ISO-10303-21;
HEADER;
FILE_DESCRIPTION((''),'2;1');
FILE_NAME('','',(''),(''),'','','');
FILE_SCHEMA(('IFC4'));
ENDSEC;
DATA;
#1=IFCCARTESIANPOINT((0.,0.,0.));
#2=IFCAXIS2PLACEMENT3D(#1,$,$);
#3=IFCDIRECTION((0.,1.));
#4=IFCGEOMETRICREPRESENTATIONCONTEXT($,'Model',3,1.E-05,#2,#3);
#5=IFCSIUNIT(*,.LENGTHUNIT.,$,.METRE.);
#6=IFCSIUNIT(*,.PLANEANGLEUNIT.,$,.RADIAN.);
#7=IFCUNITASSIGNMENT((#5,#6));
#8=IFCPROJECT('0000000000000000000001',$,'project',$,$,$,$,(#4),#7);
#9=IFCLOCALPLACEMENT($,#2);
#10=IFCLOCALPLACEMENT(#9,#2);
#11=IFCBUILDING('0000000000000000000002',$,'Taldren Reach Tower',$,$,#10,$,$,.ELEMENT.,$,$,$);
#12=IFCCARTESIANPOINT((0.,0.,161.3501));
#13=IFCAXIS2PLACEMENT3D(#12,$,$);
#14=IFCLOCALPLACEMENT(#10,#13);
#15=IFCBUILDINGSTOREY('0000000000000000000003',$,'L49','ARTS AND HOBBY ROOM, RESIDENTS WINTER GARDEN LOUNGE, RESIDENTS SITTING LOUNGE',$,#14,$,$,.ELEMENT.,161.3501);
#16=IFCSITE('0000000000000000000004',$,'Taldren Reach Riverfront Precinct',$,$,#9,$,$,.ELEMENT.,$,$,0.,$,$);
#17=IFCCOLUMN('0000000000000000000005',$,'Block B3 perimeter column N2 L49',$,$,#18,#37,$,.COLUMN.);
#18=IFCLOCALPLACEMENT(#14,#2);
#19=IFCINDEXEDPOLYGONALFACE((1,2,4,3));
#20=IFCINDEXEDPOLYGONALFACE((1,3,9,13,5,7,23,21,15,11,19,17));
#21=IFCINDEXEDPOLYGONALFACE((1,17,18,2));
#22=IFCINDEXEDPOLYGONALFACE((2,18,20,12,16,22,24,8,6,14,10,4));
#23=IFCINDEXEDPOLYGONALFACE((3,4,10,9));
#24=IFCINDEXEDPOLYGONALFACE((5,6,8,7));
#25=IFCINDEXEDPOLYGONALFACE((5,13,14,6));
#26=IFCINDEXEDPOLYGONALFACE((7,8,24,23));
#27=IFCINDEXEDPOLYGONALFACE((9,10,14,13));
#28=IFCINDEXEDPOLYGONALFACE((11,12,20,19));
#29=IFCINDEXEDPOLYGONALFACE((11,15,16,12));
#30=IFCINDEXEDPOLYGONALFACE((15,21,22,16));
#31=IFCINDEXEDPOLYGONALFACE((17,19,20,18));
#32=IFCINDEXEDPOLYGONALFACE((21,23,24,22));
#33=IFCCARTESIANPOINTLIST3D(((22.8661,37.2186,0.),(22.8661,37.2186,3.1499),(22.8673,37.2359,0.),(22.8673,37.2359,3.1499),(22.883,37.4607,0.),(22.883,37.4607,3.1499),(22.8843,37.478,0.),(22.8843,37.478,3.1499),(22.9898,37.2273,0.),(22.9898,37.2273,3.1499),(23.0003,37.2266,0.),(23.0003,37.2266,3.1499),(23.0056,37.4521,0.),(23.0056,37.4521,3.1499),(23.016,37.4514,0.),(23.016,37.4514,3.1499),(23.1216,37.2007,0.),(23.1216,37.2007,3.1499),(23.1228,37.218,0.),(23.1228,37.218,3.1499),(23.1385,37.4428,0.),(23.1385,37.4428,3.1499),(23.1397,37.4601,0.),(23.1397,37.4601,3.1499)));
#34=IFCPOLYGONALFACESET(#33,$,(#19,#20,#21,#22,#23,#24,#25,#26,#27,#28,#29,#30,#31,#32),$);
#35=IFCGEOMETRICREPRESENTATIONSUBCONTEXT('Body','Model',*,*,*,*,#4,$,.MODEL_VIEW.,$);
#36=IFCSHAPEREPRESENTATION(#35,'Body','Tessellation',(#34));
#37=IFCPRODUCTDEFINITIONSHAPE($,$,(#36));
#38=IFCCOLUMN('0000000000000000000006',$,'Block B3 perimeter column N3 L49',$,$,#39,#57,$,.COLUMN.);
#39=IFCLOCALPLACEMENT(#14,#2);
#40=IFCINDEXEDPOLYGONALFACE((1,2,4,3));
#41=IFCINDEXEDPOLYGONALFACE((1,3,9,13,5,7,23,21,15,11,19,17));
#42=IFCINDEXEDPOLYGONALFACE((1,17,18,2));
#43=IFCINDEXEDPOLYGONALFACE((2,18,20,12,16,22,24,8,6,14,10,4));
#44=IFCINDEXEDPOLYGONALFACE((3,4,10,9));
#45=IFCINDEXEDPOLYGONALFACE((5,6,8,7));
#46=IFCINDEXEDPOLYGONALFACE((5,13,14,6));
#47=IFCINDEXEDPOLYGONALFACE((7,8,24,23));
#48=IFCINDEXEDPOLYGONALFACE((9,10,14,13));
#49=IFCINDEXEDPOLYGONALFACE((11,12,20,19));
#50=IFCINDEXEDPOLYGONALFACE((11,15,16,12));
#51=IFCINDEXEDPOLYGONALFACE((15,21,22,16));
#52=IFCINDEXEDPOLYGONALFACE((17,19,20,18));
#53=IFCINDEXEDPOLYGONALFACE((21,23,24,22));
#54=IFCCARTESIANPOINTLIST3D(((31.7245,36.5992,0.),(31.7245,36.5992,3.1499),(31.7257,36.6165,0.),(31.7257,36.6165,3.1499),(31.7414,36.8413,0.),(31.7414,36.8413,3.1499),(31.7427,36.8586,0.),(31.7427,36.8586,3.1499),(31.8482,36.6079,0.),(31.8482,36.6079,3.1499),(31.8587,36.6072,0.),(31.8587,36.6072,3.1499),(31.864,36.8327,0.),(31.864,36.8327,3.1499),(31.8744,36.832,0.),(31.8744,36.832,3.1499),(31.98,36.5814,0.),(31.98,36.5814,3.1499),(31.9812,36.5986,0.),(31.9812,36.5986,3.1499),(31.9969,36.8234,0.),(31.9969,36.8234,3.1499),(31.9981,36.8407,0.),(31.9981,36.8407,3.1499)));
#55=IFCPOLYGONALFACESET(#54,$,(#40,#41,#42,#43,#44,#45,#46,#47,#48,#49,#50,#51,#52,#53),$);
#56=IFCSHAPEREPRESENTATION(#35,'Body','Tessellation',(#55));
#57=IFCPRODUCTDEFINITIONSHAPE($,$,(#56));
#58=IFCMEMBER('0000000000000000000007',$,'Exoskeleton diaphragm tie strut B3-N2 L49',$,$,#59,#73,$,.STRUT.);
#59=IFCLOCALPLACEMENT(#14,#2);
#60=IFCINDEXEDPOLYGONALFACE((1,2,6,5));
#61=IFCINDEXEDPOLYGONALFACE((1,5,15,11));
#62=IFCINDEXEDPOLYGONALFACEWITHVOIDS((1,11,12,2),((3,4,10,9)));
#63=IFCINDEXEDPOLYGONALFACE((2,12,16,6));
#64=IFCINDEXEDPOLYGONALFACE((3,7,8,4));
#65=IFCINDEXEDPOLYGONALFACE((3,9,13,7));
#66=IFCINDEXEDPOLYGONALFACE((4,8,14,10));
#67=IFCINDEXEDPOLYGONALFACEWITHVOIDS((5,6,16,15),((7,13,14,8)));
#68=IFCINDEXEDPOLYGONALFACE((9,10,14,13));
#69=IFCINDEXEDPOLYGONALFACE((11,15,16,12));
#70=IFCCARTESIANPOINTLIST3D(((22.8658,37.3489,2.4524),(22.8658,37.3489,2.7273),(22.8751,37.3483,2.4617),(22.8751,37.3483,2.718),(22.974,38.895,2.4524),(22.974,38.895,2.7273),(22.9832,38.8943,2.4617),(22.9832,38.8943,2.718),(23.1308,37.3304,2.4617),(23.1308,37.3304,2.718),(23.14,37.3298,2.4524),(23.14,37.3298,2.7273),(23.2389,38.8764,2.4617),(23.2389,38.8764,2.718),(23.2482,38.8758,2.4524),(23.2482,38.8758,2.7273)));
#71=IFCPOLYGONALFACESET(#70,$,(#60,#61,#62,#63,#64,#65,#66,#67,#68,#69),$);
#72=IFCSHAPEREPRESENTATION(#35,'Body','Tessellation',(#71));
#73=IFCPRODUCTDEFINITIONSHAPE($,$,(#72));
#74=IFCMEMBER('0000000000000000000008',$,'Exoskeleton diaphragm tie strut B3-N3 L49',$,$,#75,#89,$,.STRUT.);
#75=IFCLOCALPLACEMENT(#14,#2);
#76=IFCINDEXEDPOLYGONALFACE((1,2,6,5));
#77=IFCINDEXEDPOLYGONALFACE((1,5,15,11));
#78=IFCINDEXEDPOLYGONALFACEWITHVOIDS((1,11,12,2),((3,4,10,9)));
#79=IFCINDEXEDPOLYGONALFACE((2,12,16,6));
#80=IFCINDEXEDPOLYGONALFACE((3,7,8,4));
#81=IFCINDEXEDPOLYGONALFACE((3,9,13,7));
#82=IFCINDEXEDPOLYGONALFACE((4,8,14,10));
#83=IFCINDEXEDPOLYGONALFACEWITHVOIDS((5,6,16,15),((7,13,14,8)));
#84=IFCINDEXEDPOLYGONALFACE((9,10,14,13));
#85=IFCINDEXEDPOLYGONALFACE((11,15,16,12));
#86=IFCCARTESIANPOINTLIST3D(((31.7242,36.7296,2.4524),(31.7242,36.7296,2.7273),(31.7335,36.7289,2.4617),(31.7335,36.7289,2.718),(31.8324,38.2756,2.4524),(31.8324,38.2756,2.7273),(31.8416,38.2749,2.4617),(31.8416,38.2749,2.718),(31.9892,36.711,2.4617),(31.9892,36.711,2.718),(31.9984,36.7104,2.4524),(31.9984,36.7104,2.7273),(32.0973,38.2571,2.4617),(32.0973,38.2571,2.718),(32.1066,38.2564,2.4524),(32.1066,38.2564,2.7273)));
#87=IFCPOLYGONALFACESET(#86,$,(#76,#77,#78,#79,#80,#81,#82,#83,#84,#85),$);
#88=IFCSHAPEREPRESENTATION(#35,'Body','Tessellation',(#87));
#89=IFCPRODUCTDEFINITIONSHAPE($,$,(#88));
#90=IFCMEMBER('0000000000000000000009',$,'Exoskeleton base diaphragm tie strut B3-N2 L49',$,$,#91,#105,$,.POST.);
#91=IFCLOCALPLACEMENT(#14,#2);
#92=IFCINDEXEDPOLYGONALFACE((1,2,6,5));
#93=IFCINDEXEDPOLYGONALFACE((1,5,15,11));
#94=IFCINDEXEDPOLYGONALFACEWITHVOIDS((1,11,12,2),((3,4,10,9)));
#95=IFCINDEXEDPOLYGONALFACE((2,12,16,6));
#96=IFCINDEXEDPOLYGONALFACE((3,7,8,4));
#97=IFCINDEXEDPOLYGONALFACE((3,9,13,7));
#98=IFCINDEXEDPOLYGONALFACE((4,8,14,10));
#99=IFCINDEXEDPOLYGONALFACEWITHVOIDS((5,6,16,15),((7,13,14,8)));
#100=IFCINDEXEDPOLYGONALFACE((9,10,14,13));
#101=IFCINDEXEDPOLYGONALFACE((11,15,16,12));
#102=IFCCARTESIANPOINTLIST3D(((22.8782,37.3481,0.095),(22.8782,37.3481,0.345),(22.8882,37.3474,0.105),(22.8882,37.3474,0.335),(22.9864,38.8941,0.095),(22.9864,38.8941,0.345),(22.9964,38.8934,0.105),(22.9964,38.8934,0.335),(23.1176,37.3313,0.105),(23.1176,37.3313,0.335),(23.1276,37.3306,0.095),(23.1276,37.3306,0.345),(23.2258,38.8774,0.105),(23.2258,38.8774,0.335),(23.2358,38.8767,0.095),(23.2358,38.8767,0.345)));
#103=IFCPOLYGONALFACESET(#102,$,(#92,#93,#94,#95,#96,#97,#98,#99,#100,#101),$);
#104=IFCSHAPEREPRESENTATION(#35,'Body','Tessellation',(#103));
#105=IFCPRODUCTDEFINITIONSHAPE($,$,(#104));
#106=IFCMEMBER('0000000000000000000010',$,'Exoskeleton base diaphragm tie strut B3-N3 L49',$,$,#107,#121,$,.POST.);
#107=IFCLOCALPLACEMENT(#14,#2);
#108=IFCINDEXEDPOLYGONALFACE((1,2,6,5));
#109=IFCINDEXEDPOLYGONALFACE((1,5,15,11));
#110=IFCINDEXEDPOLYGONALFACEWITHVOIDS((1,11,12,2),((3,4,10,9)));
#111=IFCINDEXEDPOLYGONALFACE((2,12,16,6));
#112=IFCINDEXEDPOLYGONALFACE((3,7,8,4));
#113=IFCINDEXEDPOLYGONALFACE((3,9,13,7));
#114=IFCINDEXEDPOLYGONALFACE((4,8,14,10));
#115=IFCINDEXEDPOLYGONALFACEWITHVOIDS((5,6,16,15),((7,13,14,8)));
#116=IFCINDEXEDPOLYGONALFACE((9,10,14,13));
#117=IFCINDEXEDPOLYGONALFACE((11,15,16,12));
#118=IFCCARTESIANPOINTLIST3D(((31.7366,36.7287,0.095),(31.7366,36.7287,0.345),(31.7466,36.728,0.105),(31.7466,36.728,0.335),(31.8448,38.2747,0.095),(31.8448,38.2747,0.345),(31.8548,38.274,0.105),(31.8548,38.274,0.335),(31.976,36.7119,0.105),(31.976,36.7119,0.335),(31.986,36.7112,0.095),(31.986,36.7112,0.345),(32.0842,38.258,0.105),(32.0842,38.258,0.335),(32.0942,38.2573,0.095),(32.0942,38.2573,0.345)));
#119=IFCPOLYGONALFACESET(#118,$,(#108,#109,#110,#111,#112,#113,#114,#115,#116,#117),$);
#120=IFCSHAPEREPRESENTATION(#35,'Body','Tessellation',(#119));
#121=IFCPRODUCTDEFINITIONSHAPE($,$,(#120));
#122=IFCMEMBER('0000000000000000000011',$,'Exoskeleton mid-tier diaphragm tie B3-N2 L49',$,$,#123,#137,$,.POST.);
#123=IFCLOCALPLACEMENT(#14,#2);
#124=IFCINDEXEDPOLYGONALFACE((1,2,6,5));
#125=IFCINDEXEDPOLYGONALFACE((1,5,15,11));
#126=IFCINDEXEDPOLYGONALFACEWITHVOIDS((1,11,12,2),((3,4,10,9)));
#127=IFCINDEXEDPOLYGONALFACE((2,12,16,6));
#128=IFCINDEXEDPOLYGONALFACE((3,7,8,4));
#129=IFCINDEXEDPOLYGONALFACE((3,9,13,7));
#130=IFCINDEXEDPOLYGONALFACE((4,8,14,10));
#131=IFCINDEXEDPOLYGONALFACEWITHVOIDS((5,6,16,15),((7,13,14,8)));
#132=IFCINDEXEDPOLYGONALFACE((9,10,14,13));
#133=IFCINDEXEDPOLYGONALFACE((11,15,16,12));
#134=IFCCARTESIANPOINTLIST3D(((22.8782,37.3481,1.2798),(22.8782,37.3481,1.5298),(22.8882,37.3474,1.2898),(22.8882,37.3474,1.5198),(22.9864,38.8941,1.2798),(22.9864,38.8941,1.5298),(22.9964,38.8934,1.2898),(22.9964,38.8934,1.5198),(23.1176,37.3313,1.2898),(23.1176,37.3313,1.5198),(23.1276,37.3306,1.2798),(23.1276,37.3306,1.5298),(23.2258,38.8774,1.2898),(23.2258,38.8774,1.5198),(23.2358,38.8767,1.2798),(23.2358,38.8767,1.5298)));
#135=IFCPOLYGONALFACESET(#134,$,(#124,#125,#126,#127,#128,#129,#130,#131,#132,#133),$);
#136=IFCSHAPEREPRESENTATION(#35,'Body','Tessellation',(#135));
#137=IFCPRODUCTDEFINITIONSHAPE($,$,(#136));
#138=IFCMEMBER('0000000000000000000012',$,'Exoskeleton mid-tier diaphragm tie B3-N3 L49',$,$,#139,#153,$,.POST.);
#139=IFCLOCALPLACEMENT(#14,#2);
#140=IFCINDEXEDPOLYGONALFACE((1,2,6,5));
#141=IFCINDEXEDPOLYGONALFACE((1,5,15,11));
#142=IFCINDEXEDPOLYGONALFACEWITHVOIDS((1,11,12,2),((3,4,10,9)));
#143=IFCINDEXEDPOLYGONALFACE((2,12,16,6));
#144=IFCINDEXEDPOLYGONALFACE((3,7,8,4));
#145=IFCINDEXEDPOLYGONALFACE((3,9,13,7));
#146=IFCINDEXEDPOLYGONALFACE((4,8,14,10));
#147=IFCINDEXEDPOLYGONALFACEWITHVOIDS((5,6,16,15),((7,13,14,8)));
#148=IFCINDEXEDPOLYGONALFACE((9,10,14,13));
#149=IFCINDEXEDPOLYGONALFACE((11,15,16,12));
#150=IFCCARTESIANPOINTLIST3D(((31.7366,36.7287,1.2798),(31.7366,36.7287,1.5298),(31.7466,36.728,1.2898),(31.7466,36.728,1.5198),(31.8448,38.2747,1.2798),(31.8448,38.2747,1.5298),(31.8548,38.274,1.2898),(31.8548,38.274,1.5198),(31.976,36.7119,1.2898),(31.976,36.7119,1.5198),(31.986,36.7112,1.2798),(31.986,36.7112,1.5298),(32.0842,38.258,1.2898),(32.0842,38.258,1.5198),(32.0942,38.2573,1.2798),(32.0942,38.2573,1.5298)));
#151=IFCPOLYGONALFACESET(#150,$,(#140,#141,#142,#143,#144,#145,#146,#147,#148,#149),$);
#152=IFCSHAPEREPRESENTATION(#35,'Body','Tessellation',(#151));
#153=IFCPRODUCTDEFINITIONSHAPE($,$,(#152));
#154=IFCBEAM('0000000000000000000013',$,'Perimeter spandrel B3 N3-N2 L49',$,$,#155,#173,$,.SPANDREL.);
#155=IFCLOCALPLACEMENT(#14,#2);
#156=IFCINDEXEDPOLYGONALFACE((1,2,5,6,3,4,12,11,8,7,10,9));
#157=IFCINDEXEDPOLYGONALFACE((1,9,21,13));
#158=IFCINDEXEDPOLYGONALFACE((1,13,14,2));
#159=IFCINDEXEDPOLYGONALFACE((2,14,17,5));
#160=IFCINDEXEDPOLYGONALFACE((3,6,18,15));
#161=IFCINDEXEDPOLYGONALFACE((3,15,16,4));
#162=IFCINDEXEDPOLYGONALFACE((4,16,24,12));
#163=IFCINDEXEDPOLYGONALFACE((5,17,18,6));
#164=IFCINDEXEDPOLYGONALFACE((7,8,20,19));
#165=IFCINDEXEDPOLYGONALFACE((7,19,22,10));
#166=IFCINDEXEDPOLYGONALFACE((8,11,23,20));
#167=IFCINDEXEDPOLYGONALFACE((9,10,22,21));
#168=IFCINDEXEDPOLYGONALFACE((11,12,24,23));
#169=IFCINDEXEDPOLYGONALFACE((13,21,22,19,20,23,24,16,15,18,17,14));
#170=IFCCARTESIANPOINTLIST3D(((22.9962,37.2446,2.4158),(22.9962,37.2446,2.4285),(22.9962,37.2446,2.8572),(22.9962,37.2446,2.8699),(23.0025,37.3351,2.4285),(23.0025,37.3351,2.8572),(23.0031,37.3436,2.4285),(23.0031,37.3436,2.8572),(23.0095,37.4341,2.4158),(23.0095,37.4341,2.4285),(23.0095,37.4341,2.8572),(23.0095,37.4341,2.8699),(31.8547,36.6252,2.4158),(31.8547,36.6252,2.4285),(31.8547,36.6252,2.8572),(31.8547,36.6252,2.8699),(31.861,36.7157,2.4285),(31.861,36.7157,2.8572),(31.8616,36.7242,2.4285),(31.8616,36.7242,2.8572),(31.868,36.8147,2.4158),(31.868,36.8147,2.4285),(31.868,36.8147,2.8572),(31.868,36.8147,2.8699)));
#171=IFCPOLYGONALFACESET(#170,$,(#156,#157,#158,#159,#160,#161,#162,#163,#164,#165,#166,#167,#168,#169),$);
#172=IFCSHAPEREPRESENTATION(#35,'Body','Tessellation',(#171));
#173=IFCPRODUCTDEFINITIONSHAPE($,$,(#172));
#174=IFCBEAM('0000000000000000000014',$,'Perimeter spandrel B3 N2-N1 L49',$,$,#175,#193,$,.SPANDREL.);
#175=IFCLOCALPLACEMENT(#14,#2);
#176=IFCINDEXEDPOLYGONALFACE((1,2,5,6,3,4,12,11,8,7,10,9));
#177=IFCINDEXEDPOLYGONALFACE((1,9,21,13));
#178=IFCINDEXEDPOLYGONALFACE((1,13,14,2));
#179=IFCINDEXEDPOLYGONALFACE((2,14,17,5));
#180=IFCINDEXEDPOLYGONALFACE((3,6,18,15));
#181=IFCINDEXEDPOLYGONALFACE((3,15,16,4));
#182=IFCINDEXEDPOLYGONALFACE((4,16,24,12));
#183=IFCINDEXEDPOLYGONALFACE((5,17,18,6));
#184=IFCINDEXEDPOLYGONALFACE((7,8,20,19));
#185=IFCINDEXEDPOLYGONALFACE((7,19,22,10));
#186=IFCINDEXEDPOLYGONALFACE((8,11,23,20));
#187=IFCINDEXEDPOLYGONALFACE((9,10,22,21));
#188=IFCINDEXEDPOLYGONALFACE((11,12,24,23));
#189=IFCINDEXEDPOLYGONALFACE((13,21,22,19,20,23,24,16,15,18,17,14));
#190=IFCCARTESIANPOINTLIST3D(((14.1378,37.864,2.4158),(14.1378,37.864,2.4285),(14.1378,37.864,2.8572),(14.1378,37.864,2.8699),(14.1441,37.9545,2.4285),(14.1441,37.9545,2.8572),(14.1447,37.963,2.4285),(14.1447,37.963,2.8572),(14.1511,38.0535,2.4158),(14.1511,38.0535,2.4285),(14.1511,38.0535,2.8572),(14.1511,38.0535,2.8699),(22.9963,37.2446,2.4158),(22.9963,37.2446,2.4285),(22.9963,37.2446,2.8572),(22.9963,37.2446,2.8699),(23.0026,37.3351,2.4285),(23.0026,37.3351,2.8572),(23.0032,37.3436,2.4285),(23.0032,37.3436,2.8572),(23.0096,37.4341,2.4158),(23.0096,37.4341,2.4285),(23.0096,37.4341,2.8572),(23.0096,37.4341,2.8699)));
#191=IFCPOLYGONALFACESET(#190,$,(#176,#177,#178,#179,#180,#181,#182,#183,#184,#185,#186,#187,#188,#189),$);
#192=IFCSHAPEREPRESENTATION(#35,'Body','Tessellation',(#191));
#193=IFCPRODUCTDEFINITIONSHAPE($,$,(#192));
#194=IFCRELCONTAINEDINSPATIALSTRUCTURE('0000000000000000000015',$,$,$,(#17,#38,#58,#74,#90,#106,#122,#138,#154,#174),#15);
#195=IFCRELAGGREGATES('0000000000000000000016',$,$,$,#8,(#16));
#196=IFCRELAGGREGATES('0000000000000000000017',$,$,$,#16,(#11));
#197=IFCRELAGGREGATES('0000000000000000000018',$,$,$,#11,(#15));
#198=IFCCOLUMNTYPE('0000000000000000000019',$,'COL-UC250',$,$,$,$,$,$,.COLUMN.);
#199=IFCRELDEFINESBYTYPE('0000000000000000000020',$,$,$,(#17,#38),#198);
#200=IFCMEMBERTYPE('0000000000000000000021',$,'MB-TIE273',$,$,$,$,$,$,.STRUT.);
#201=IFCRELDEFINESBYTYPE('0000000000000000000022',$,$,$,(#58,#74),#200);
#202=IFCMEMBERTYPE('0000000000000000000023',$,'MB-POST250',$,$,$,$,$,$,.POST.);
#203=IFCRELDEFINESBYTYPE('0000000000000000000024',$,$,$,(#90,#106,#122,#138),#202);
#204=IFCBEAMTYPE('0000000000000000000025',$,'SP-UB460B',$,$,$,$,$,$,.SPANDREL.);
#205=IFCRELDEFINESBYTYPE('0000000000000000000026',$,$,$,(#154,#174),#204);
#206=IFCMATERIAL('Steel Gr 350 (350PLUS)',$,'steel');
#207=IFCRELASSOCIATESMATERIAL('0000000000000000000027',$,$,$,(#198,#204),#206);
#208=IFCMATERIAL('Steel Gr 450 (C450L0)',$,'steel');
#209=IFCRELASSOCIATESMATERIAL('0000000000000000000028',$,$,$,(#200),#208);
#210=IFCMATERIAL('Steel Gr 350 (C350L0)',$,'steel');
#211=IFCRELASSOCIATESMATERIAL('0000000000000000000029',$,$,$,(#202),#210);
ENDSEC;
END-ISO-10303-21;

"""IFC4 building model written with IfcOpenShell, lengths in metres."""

from ifc_helpers import new_model, si_unit, direction, frame, origin, origin_2d, place, context, subcontext, project, spatial, hollow_rectangle, i_section, extrude, source, transform, mapped, material, material_profile, profile_set, type_object, element, save


model = new_model("IFC4")

# Units and contexts
model_context = context("Model", 3, precision=1e-05, world=origin(), true_north=direction((0.0, 1.0)))
body_context = subcontext(model_context, "Body", "Model", "MODEL_VIEW")
ifc_project = project(units=[si_unit("LENGTHUNIT", "METRE"), si_unit("PLANEANGLEUNIT", "RADIAN")], contexts=[model_context])

# Site, building, storey
site_placement = place(None, origin())
site = spatial("IfcSite", under=ifc_project, at=site_placement, Name="Taldren Reach Riverfront Precinct", CompositionType="ELEMENT", RefElevation=0.0)
building_placement = place(site_placement, origin())
building = spatial("IfcBuilding", under=site, at=building_placement, Name="Taldren Reach Tower", CompositionType="ELEMENT")
storey_placement = place(building_placement, frame((0.0, 0.0, 161.3501)))
storey = spatial("IfcBuildingStorey", under=building, at=storey_placement, Name="L49", Description="ARTS AND HOBBY ROOM, RESIDENTS WINTER GARDEN LOUNGE, RESIDENTS SITTING LOUNGE", CompositionType="ELEMENT", Elevation=161.3501)

# Columns
ifc_material_1 = material(Name="Steel Gr 350 (350PLUS)", Category="steel")
ifc_material_profile_1 = material_profile(ifc_material_1, i_section(OverallWidth=0.2561, OverallDepth=0.26, WebThickness=0.0105, FlangeThickness=0.0173, at=origin_2d()), Name="250UC89.5")
ifc_profile_set_1 = profile_set([ifc_material_profile_1], Name="Steel Gr 350 (350PLUS)")
column_type = type_object("IfcColumnType", Name="COL-UC250", PredefinedType="COLUMN", material=ifc_profile_set_1)
shared_shape_1 = source(origin(), body_context, "Body", "SweptSolid", [
    extrude(i_section(OverallWidth=0.2561, OverallDepth=0.26, WebThickness=0.0105, FlangeThickness=0.0173, at=origin_2d()), origin(), (0.0, 0.0, 1.0), 3.1499),
])
for number, where, z_axis, x_axis, name in (
    (1, (23.0029, 37.3394, 0.0), (0.0, 0.0, 1.0), (0.997564, -0.069756, 0.0), "Block B3 perimeter column N2 L49"),
    (2, (31.8613, 36.72, 0.0), (0.0, 0.0, 1.0), (0.997564, -0.069756, 0.0), "Block B3 perimeter column N3 L49"),
):
    element("IfcColumn", number, at=place(storey_placement, frame(where, z_axis=z_axis, x_axis=x_axis)), inside=storey, type_object=column_type, Name=name, PredefinedType="COLUMN", context=body_context, shape_type="MappedRepresentation", body=[
        mapped(shared_shape_1, transform((0.0, 0.0, 0.0), scale=1.0)),
    ])

# Members
ifc_material_2 = material(Name="Steel Gr 450 (C450L0)", Category="steel")
ifc_material_profile_2 = material_profile(ifc_material_2, hollow_rectangle(XDim=0.2749, YDim=0.2749, WallThickness=0.0093, at=origin_2d()), Name="275x275x9.3SHS")
ifc_profile_set_2 = profile_set([ifc_material_profile_2], Name="Steel Gr 450 (C450L0)")
member_type_1 = type_object("IfcMemberType", Name="MB-TIE273", PredefinedType="STRUT", material=ifc_profile_set_2)
shared_shape_2 = source(origin(), body_context, "Body", "SweptSolid", [
    extrude(hollow_rectangle(XDim=0.2749, YDim=0.2749, WallThickness=0.0093, at=origin_2d()), origin(), (0.0, 0.0, 1.0), 1.5498),
])
for number, where, z_axis, x_axis, name in (
    (3, (23.0029, 37.3394, 2.5898), (0.069781, 0.997562, 0.0), (-0.997562, 0.069781, 0.0), "Exoskeleton diaphragm tie strut B3-N2 L49"),
    (4, (31.8613, 36.72, 2.5898), (0.069781, 0.997562, 0.0), (-0.997562, 0.069781, 0.0), "Exoskeleton diaphragm tie strut B3-N3 L49"),
):
    element("IfcMember", number, at=place(storey_placement, frame(where, z_axis=z_axis, x_axis=x_axis)), inside=storey, type_object=member_type_1, Name=name, PredefinedType="STRUT", context=body_context, shape_type="MappedRepresentation", body=[
        mapped(shared_shape_2, transform((0.0, 0.0, 0.0), scale=1.0)),
    ])
ifc_material_3 = material(Name="Steel Gr 350 (C350L0)", Category="steel")
ifc_material_profile_3 = material_profile(ifc_material_3, hollow_rectangle(XDim=0.25, YDim=0.25, WallThickness=0.01, at=origin_2d()), Name="250x250x10.0SHS")
ifc_profile_set_3 = profile_set([ifc_material_profile_3], Name="Steel Gr 350 (C350L0)")
member_type_2 = type_object("IfcMemberType", Name="MB-POST250", PredefinedType="POST", material=ifc_profile_set_3)
shared_shape_3 = source(origin(), body_context, "Body", "SweptSolid", [
    extrude(hollow_rectangle(XDim=0.25, YDim=0.25, WallThickness=0.01, at=origin_2d()), origin(), (0.0, 0.0, 1.0), 1.5498),
])
for number, where, z_axis, x_axis, name in (
    (5, (23.0029, 37.3394, 0.22), (0.069781, 0.997562, 0.0), (-0.997562, 0.069781, 0.0), "Exoskeleton base diaphragm tie strut B3-N2 L49"),
    (6, (31.8613, 36.72, 0.22), (0.069781, 0.997562, 0.0), (-0.997562, 0.069781, 0.0), "Exoskeleton base diaphragm tie strut B3-N3 L49"),
    (7, (23.0029, 37.3394, 1.4048), (0.069781, 0.997562, 0.0), (-0.997562, 0.069781, 0.0), "Exoskeleton mid-tier diaphragm tie B3-N2 L49"),
    (8, (31.8613, 36.72, 1.4048), (0.069781, 0.997562, 0.0), (-0.997562, 0.069781, 0.0), "Exoskeleton mid-tier diaphragm tie B3-N3 L49"),
):
    element("IfcMember", number, at=place(storey_placement, frame(where, z_axis=z_axis, x_axis=x_axis)), inside=storey, type_object=member_type_2, Name=name, PredefinedType="POST", context=body_context, shape_type="MappedRepresentation", body=[
        mapped(shared_shape_3, transform((0.0, 0.0, 0.0), scale=1.0)),
    ])

# Beams
ifc_material_profile_4 = material_profile(ifc_material_1, i_section(OverallWidth=0.1899, OverallDepth=0.4541, WebThickness=0.0085, FlangeThickness=0.0127, at=origin_2d()), Name="460UB67.1")
ifc_profile_set_4 = profile_set([ifc_material_profile_4], Name="Steel Gr 350 (350PLUS)")
beam_type = type_object("IfcBeamType", Name="SP-UB460B", PredefinedType="SPANDREL", material=ifc_profile_set_4)
shared_shape_4 = source(origin(), body_context, "Body", "SweptSolid", [
    extrude(i_section(OverallWidth=0.1899, OverallDepth=0.4541, WebThickness=0.0085, FlangeThickness=0.0127, at=origin_2d()), origin(), (0.0, 0.0, 1.0), 8.8801),
])
for number, where, z_axis, x_axis, name in (
    (9, (31.8613, 36.72, 2.6428), (-0.997564, 0.06975, 0.0), (-0.06975, -0.997564, 0.0), "Perimeter spandrel B3 N3-N2 L49"),
    (10, (23.0029, 37.3394, 2.6428), (-0.997564, 0.06975, 0.0), (-0.06975, -0.997564, 0.0), "Perimeter spandrel B3 N2-N1 L49"),
):
    element("IfcBeam", number, at=place(storey_placement, frame(where, z_axis=z_axis, x_axis=x_axis)), inside=storey, type_object=beam_type, Name=name, PredefinedType="SPANDREL", context=body_context, shape_type="MappedRepresentation", body=[
        mapped(shared_shape_4, transform((0.0, 0.0, 0.0), scale=1.0)),
    ])

save(model, "model.ifc")
